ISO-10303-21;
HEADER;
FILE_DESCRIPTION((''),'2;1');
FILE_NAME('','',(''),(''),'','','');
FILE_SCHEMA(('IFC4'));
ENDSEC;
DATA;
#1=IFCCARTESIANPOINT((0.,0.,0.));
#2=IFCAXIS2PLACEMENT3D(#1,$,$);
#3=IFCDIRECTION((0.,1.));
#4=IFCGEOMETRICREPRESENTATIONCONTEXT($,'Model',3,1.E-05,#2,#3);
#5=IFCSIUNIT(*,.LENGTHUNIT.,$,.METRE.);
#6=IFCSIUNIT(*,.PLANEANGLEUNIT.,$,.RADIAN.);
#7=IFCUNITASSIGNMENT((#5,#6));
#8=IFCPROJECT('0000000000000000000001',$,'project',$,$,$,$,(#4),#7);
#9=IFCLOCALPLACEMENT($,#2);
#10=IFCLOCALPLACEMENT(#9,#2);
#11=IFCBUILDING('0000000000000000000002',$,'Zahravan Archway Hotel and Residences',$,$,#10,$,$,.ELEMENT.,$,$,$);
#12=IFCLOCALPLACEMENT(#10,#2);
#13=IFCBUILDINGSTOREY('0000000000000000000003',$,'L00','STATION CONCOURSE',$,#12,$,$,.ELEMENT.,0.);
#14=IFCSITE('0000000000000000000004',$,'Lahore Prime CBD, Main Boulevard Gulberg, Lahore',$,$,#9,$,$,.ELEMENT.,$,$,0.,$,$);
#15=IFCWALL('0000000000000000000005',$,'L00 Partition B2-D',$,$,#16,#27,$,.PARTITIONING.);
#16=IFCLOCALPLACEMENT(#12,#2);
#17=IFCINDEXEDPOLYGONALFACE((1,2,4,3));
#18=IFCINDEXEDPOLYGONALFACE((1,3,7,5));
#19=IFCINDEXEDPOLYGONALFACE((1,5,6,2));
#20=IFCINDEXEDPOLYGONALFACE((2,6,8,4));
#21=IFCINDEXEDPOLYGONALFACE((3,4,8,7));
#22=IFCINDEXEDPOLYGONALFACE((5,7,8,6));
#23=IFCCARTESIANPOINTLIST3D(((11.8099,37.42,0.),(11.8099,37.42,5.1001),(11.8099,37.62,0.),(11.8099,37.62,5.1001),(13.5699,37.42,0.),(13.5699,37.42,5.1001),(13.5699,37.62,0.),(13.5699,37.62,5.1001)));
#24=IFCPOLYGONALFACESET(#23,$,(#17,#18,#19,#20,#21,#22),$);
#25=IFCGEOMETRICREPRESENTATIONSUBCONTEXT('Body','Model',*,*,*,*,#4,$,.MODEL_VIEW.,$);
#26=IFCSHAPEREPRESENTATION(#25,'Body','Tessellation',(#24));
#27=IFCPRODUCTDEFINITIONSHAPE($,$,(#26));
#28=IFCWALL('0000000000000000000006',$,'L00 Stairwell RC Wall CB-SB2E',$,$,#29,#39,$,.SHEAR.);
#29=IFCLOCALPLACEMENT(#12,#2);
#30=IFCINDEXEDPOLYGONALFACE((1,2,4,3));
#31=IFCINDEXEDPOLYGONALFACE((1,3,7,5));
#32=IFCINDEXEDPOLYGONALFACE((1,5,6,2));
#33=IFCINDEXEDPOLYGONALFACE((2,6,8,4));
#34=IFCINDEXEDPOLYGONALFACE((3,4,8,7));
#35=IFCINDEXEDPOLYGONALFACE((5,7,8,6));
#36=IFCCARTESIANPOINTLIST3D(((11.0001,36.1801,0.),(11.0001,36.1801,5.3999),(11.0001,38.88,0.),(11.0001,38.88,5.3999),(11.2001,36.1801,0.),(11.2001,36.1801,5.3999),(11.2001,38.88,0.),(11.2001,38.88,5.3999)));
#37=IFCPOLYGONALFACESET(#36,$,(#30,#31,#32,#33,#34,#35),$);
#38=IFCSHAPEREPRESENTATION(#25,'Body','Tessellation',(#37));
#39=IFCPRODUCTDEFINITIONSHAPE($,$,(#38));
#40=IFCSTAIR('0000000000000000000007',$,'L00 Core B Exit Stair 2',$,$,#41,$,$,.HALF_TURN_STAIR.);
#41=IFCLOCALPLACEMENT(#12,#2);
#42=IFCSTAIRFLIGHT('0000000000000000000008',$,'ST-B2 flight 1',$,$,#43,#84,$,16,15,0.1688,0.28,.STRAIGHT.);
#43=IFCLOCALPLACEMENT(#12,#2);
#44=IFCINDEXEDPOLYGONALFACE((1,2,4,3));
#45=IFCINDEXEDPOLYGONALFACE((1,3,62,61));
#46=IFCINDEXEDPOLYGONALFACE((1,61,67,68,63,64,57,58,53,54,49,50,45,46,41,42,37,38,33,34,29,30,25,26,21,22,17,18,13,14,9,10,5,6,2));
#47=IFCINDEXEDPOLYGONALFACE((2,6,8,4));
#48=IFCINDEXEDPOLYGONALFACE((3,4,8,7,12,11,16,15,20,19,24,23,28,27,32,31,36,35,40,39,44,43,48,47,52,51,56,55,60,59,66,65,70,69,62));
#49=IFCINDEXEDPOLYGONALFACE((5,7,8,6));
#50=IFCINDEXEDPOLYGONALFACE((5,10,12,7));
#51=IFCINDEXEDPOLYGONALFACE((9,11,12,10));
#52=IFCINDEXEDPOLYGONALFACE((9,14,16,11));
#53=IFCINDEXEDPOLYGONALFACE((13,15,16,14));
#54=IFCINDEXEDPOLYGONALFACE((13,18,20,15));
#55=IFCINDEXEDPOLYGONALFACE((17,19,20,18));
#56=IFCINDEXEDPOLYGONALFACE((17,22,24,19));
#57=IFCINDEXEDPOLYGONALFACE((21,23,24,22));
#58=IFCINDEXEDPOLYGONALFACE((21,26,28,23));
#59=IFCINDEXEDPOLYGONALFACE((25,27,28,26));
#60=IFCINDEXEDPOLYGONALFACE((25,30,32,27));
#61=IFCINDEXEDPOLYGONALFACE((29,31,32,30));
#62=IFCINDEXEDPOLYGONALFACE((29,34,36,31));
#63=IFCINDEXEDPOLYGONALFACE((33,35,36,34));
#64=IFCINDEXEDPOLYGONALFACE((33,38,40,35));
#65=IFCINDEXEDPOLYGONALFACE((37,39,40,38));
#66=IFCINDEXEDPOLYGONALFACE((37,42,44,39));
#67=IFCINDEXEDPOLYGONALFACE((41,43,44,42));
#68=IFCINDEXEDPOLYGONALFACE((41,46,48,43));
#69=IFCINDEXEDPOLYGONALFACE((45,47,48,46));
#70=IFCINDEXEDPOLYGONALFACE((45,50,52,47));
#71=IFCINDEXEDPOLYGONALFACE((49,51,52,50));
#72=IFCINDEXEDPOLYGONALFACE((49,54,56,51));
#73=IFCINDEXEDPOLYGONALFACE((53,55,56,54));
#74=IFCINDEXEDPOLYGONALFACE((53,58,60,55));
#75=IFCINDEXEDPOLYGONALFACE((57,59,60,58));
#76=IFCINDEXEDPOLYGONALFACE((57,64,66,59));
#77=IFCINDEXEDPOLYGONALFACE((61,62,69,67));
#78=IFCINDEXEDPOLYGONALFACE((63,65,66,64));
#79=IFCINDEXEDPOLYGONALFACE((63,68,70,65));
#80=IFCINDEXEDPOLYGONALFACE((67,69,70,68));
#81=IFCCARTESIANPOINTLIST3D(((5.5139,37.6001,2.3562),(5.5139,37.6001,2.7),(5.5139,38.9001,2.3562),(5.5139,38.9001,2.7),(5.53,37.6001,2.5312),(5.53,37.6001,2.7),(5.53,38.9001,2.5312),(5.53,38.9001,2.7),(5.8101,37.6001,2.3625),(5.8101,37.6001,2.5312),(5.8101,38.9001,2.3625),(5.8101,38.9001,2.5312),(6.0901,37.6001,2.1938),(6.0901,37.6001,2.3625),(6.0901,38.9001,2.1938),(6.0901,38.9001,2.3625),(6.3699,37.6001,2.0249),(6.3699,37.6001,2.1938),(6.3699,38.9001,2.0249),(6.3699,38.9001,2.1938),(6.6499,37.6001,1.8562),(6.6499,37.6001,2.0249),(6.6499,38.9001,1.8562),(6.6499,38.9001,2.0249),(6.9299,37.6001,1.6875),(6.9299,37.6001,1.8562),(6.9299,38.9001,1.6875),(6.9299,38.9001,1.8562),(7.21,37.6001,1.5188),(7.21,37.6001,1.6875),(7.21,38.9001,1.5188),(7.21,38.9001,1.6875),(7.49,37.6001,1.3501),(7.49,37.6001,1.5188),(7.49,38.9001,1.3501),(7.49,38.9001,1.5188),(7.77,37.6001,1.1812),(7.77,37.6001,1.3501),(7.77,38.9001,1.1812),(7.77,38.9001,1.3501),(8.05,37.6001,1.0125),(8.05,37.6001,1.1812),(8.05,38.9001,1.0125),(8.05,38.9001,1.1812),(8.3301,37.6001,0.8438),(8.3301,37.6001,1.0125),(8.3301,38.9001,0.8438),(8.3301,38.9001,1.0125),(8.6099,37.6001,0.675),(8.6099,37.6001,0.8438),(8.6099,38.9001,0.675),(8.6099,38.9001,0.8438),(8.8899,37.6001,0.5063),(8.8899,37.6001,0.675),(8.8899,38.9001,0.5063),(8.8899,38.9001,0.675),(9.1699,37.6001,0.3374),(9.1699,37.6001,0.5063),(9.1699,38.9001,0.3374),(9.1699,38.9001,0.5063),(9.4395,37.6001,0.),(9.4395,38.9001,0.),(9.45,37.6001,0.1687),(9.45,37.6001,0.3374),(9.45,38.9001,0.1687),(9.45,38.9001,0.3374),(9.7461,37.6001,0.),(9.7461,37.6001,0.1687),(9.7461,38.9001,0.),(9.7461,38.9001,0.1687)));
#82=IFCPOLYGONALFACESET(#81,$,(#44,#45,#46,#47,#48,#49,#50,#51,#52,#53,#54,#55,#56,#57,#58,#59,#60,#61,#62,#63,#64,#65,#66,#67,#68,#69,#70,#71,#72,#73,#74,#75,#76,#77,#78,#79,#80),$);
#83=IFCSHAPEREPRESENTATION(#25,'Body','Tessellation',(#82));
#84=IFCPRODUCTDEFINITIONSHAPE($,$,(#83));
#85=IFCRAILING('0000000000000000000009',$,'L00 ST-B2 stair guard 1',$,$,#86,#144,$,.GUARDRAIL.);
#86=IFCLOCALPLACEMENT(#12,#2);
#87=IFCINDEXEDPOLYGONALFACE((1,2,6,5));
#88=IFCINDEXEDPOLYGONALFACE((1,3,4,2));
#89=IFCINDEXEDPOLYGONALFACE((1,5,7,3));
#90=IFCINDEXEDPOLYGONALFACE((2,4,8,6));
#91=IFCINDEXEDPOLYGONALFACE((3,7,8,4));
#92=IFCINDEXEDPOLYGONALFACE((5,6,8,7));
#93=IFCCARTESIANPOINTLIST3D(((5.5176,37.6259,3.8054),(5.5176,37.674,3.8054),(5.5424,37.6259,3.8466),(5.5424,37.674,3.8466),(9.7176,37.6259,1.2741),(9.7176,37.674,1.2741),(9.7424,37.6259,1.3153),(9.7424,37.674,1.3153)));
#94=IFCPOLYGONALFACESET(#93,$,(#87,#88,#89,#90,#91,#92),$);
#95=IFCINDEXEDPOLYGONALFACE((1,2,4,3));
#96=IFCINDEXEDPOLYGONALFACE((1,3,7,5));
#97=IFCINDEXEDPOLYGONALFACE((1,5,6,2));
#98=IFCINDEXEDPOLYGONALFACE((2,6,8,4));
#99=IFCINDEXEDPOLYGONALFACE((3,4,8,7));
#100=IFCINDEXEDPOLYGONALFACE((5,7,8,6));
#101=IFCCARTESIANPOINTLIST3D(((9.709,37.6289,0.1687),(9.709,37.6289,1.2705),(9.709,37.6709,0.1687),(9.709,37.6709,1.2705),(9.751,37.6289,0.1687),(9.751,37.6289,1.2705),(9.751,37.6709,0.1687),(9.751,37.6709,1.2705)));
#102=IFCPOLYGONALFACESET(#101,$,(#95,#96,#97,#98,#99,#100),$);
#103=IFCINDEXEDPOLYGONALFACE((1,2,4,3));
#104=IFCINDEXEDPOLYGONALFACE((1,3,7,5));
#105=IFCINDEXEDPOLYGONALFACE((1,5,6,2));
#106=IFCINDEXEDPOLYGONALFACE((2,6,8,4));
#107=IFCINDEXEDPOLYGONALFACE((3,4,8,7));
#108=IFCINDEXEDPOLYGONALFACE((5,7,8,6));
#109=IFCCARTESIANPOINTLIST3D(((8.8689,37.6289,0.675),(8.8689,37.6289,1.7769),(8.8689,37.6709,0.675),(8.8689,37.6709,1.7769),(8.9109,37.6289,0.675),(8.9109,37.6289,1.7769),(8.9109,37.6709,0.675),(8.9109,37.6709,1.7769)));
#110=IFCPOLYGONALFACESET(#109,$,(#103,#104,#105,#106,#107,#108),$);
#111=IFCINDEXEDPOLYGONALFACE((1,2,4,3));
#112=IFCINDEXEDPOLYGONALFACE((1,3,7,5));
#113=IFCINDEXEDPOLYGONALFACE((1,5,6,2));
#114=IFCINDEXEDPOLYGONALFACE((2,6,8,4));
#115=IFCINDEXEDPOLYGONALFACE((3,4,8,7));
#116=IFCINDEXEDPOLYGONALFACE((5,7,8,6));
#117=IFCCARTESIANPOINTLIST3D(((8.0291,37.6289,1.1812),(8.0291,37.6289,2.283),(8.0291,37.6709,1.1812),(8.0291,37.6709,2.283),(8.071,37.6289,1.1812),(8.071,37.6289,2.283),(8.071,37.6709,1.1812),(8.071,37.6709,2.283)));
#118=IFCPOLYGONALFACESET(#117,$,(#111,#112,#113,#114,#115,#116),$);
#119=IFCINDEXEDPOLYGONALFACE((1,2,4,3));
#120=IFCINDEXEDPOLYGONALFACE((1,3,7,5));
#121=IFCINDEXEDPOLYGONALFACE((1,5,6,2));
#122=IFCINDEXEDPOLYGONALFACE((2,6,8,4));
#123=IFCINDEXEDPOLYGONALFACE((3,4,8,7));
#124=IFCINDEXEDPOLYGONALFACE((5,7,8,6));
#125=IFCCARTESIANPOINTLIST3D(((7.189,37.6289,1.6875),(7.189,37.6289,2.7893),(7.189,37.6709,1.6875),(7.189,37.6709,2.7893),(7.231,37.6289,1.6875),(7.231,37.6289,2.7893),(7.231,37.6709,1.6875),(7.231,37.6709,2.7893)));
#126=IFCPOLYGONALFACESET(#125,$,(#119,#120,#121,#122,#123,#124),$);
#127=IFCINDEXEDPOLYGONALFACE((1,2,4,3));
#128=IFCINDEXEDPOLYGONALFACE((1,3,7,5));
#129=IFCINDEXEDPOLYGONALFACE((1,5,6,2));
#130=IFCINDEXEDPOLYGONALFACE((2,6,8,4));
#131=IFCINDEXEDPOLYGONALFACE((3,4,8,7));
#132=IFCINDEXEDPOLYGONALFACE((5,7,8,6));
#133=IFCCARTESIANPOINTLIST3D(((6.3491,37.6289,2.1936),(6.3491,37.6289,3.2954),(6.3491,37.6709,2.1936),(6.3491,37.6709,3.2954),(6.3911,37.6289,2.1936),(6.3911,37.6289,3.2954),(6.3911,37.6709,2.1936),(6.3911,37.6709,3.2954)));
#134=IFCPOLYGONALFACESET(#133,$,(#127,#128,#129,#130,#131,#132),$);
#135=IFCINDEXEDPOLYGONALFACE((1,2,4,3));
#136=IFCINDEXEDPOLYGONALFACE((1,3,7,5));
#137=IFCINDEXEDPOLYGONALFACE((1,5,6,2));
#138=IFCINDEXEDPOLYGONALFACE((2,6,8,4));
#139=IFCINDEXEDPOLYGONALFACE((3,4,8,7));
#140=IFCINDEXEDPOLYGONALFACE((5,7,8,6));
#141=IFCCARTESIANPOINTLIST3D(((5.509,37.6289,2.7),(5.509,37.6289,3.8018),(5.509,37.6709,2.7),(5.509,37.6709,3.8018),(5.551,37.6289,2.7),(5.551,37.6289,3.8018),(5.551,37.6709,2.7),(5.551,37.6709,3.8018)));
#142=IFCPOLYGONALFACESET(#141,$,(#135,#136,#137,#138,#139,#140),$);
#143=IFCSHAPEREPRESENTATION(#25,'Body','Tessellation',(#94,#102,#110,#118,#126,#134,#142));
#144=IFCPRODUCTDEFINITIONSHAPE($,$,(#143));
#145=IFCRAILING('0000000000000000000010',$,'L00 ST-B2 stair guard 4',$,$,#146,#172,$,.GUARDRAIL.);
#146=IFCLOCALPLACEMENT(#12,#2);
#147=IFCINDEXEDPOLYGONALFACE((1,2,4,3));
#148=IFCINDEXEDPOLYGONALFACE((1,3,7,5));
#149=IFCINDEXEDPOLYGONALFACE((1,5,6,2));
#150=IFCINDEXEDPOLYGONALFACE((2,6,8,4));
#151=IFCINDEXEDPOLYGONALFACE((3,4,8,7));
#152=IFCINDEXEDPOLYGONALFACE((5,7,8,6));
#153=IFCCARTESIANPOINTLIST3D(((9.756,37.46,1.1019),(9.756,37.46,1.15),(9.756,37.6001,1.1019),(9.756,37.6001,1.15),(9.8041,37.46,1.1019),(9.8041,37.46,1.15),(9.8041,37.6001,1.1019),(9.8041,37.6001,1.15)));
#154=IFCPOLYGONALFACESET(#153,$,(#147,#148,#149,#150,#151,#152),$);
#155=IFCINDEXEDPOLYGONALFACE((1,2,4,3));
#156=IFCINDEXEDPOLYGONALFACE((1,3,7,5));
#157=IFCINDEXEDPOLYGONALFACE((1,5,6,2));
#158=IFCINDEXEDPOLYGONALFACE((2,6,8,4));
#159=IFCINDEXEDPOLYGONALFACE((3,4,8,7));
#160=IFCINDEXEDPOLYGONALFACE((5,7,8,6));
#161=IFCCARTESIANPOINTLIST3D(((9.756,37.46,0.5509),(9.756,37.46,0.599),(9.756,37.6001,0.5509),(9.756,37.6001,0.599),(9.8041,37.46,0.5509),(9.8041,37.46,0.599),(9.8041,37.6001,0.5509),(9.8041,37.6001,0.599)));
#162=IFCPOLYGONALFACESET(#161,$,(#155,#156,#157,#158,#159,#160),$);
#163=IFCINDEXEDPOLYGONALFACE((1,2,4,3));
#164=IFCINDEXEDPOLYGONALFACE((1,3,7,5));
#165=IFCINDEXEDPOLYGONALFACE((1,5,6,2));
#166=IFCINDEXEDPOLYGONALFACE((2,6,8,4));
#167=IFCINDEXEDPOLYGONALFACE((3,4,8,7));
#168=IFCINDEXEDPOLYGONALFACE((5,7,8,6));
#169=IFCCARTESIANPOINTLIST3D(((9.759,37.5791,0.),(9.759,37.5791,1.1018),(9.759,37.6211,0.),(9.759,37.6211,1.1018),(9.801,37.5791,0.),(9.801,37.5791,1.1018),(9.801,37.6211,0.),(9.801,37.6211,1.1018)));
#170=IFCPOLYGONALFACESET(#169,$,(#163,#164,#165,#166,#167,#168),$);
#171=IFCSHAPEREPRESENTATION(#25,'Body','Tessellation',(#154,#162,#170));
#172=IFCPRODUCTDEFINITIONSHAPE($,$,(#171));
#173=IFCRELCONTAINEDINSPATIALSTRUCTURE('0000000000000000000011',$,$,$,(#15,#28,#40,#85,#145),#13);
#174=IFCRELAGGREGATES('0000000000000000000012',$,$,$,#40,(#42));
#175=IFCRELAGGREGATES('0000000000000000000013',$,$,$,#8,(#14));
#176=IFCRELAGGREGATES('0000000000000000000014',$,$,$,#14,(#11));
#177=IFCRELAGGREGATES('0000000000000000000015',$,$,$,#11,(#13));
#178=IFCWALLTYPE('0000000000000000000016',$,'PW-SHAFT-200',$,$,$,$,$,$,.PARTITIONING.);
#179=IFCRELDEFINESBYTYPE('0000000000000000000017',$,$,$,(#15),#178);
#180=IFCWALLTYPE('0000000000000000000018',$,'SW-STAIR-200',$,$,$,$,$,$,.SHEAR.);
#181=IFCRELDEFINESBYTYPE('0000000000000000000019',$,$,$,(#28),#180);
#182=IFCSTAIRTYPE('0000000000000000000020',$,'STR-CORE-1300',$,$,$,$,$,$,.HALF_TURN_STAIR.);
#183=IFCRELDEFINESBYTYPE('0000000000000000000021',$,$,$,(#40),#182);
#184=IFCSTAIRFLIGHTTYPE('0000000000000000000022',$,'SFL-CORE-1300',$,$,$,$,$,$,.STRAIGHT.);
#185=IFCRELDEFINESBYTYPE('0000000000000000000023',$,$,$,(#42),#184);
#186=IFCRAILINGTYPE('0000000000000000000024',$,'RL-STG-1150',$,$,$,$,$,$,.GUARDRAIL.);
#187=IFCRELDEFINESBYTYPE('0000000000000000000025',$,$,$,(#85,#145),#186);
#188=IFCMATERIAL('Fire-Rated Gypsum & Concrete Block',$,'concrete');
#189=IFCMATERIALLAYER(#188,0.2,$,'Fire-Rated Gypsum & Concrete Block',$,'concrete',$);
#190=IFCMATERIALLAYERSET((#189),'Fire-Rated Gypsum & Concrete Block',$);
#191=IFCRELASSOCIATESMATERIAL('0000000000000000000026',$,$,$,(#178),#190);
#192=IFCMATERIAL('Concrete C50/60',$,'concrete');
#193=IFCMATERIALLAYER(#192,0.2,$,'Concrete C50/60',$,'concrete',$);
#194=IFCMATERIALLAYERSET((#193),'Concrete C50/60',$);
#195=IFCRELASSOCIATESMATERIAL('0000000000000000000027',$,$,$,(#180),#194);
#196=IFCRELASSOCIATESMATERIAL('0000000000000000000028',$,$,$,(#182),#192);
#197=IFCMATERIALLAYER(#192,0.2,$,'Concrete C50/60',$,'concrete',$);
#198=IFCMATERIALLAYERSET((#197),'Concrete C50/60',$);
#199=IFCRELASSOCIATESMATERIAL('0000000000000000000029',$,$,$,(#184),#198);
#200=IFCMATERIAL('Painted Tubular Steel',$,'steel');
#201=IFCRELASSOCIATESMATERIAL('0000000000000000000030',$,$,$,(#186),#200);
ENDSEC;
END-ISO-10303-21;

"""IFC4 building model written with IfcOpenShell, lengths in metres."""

from ifc_helpers import new_model, si_unit, direction, frame, frame_2d, origin, origin_2d, place, context, subcontext, project, spatial, polyline, rectangle, outline, extrude, source, transform, mapped, material, layer, layer_set, type_object, element, aggregate, save


model = new_model("IFC4")

# Units and contexts
model_context = context("Model", 3, precision=1e-05, world=origin(), true_north=direction((0.0, 1.0)))
body_context = subcontext(model_context, "Body", "Model", "MODEL_VIEW")
ifc_project = project(units=[si_unit("LENGTHUNIT", "METRE"), si_unit("PLANEANGLEUNIT", "RADIAN")], contexts=[model_context])

# Site, building, storey
site_placement = place(None, origin())
site = spatial("IfcSite", under=ifc_project, at=site_placement, Name="Lahore Prime CBD, Main Boulevard Gulberg, Lahore", CompositionType="ELEMENT", RefElevation=0.0)
building_placement = place(site_placement, origin())
building = spatial("IfcBuilding", under=site, at=building_placement, Name="Zahravan Archway Hotel and Residences", CompositionType="ELEMENT")
storey_placement = place(building_placement, origin())
storey = spatial("IfcBuildingStorey", under=building, at=storey_placement, Name="L00", Description="STATION CONCOURSE", CompositionType="ELEMENT", Elevation=0.0)

# Shared definitions
ifc_material_1 = material(Name="Fire-Rated Gypsum & Concrete Block", Category="concrete")

# Shared definitions
ifc_layer_1 = layer(ifc_material_1, 0.2, Name="Fire-Rated Gypsum & Concrete Block", Category="concrete")
ifc_layer_set_1 = layer_set([ifc_layer_1], Name="Fire-Rated Gypsum & Concrete Block")
wall_type_1 = type_object("IfcWallType", Name="PW-SHAFT-200", PredefinedType="PARTITIONING", material=ifc_layer_set_1)

# Walls
for number, where, z_axis, x_axis, name in (
    (1, (11.8101, 37.52, 0.0), (0.0, 0.0, 1.0), (1.0, 0.0, 0.0), "L00 Partition B2-D"),
):
    element("IfcWall", number, at=place(storey_placement, frame(where, z_axis=z_axis, x_axis=x_axis)), inside=storey, type_object=wall_type_1, Name=name, PredefinedType="PARTITIONING", context=body_context, shape_type="SweptSolid", body=[
        extrude(rectangle(XDim=1.76, YDim=0.2, at=frame_2d((0.8799, 0.0))), origin(), (0.0, 0.0, 1.0), 5.1001),
    ])
ifc_material_2 = material(Name="Concrete C50/60", Category="concrete")
ifc_layer_2 = layer(ifc_material_2, 0.2, Name="Concrete C50/60", Category="concrete")
ifc_layer_set_2 = layer_set([ifc_layer_2], Name="Concrete C50/60")
wall_type_2 = type_object("IfcWallType", Name="SW-STAIR-200", PredefinedType="SHEAR", material=ifc_layer_set_2)
wall_1_placement = place(storey_placement, frame((11.1001, 36.1799, 0.0), z_axis=(0.0, 0.0, 1.0), x_axis=(0.0, 1.0, 0.0)))
element("IfcWall", 2, at=wall_1_placement, inside=storey, type_object=wall_type_2, Name="L00 Stairwell RC Wall CB-SB2E", PredefinedType="SHEAR", context=body_context, shape_type="SweptSolid", body=[
    extrude(rectangle(XDim=2.7, YDim=0.2, at=frame_2d((1.3501, 0.0))), origin(), (0.0, 0.0, 1.0), 5.3999),
])

# Stair, stair flight
stair_type = type_object("IfcStairType", Name="STR-CORE-1300", PredefinedType="HALF_TURN_STAIR", material=ifc_material_2)
stair_placement = place(storey_placement, origin())
stair = element("IfcStair", 3, at=stair_placement, inside=storey, type_object=stair_type, Name="L00 Core B Exit Stair 2", PredefinedType="HALF_TURN_STAIR")
ifc_layer_3 = layer(ifc_material_2, 0.2, Name="Concrete C50/60", Category="concrete")
ifc_layer_set_3 = layer_set([ifc_layer_3], Name="Concrete C50/60")
stair_flight_type = type_object("IfcStairFlightType", Name="SFL-CORE-1300", PredefinedType="STRAIGHT", material=ifc_layer_set_3)
shared_shape_1 = source(origin(), body_context, "Body", "SweptSolid", [
    extrude(outline(polyline([(-0.0161, 0.0), (-0.0161, 0.1687), (0.28, 0.1687), (0.28, 0.3374), (0.5601, 0.3374), (0.5601, 0.5063), (0.8401, 0.5063), (0.8401, 0.675), (1.1201, 0.675), (1.1201, 0.8438), (1.3999, 0.8438), (1.3999, 1.0125), (1.6799, 1.0125), (1.6799, 1.1812), (1.96, 1.1812), (1.96, 1.3501), (2.24, 1.3501), (2.24, 1.5188), (2.52, 1.5188), (2.52, 1.6875), (2.8, 1.6875), (2.8, 1.8562), (3.0801, 1.8562), (3.0801, 2.0249), (3.3601, 2.0249), (3.3601, 2.1938), (3.6399, 2.1938), (3.6399, 2.3625), (3.9199, 2.3625), (3.9199, 2.5312), (4.2, 2.5312), (4.2, 2.7), (4.2161, 2.7), (4.2161, 2.3562), (0.2905, 0.0), (-0.0161, 0.0)])), frame((0.0, 0.6499, 0.0), z_axis=(0.0, -1.0, 0.0), x_axis=(1.0, 0.0, 0.0)), (0.0, 0.0, 1.0), 1.3),
])
stair_flight_placement = place(storey_placement, frame((9.73, 38.25, 0.0), z_axis=(0.0, 0.0, 1.0), x_axis=(-1.0, 0.0, 0.0)))
stair_flight = element("IfcStairFlight", 4, at=stair_flight_placement, type_object=stair_flight_type, Name="ST-B2 flight 1", NumberOfRisers=16, NumberOfTreads=15, PredefinedType="STRAIGHT", RiserHeight=0.1688, TreadLength=0.28, context=body_context, shape_type="MappedRepresentation", body=[
    mapped(shared_shape_1, transform((0.0, 0.0, 0.0), scale=1.0)),
])
aggregate(stair, [stair_flight])

# Railings
ifc_material_3 = material(Name="Painted Tubular Steel", Category="steel")
railing_type_1 = type_object("IfcRailingType", Name="RL-STG-1150", PredefinedType="GUARDRAIL", material=ifc_material_3)
railing_1_placement = place(storey_placement, frame((9.73, 37.6499, 0.1687)))
element("IfcRailing", 5, at=railing_1_placement, inside=storey, type_object=railing_type_1, Name="L00 ST-B2 stair guard 1", PredefinedType="GUARDRAIL", context=body_context, shape_type="SweptSolid", body=[
    extrude(rectangle(XDim=0.0481, YDim=0.0481, at=origin_2d()), frame((0.0, 0.0, 1.126), z_axis=(-0.856476, 0.0, 0.516186), x_axis=(0.0, -1.0, 0.0)), (0.0, 0.0, 1.0), 4.9038),
    extrude(rectangle(XDim=0.042, YDim=0.042, at=origin_2d()), origin(), (0.0, 0.0, 1.0), 1.1018),
    extrude(rectangle(XDim=0.042, YDim=0.042, at=origin_2d()), frame((-0.8401, 0.0, 0.5063)), (0.0, 0.0, 1.0), 1.1018),
    extrude(rectangle(XDim=0.042, YDim=0.042, at=origin_2d()), frame((-1.6799, 0.0, 1.0125)), (0.0, 0.0, 1.0), 1.1018),
    extrude(rectangle(XDim=0.042, YDim=0.042, at=origin_2d()), frame((-2.52, 0.0, 1.5188)), (0.0, 0.0, 1.0), 1.1018),
    extrude(rectangle(XDim=0.042, YDim=0.042, at=origin_2d()), frame((-3.3599, 0.0, 2.0249)), (0.0, 0.0, 1.0), 1.1018),
    extrude(rectangle(XDim=0.042, YDim=0.042, at=origin_2d()), frame((-4.2, 0.0, 2.5312)), (0.0, 0.0, 1.0), 1.1018),
])
railing_2_placement = place(storey_placement, frame((9.78, 37.6001, 0.0)))
element("IfcRailing", 6, at=railing_2_placement, inside=storey, type_object=railing_type_1, Name="L00 ST-B2 stair guard 4", PredefinedType="GUARDRAIL", context=body_context, shape_type="SweptSolid", body=[
    extrude(rectangle(XDim=0.0481, YDim=0.0481, at=origin_2d()), frame((0.0, 0.0, 1.126), z_axis=(0.0, -1.0, 0.0), x_axis=(1.0, 0.0, 0.0)), (0.0, 0.0, 1.0), 0.1401),
    extrude(rectangle(XDim=0.0481, YDim=0.0481, at=origin_2d()), frame((0.0, 0.0, 0.575), z_axis=(0.0, -1.0, 0.0), x_axis=(1.0, 0.0, 0.0)), (0.0, 0.0, 1.0), 0.1401),
    extrude(rectangle(XDim=0.042, YDim=0.042, at=origin_2d()), origin(), (0.0, 0.0, 1.0), 1.1018),
])

save(model, "model.ifc")
